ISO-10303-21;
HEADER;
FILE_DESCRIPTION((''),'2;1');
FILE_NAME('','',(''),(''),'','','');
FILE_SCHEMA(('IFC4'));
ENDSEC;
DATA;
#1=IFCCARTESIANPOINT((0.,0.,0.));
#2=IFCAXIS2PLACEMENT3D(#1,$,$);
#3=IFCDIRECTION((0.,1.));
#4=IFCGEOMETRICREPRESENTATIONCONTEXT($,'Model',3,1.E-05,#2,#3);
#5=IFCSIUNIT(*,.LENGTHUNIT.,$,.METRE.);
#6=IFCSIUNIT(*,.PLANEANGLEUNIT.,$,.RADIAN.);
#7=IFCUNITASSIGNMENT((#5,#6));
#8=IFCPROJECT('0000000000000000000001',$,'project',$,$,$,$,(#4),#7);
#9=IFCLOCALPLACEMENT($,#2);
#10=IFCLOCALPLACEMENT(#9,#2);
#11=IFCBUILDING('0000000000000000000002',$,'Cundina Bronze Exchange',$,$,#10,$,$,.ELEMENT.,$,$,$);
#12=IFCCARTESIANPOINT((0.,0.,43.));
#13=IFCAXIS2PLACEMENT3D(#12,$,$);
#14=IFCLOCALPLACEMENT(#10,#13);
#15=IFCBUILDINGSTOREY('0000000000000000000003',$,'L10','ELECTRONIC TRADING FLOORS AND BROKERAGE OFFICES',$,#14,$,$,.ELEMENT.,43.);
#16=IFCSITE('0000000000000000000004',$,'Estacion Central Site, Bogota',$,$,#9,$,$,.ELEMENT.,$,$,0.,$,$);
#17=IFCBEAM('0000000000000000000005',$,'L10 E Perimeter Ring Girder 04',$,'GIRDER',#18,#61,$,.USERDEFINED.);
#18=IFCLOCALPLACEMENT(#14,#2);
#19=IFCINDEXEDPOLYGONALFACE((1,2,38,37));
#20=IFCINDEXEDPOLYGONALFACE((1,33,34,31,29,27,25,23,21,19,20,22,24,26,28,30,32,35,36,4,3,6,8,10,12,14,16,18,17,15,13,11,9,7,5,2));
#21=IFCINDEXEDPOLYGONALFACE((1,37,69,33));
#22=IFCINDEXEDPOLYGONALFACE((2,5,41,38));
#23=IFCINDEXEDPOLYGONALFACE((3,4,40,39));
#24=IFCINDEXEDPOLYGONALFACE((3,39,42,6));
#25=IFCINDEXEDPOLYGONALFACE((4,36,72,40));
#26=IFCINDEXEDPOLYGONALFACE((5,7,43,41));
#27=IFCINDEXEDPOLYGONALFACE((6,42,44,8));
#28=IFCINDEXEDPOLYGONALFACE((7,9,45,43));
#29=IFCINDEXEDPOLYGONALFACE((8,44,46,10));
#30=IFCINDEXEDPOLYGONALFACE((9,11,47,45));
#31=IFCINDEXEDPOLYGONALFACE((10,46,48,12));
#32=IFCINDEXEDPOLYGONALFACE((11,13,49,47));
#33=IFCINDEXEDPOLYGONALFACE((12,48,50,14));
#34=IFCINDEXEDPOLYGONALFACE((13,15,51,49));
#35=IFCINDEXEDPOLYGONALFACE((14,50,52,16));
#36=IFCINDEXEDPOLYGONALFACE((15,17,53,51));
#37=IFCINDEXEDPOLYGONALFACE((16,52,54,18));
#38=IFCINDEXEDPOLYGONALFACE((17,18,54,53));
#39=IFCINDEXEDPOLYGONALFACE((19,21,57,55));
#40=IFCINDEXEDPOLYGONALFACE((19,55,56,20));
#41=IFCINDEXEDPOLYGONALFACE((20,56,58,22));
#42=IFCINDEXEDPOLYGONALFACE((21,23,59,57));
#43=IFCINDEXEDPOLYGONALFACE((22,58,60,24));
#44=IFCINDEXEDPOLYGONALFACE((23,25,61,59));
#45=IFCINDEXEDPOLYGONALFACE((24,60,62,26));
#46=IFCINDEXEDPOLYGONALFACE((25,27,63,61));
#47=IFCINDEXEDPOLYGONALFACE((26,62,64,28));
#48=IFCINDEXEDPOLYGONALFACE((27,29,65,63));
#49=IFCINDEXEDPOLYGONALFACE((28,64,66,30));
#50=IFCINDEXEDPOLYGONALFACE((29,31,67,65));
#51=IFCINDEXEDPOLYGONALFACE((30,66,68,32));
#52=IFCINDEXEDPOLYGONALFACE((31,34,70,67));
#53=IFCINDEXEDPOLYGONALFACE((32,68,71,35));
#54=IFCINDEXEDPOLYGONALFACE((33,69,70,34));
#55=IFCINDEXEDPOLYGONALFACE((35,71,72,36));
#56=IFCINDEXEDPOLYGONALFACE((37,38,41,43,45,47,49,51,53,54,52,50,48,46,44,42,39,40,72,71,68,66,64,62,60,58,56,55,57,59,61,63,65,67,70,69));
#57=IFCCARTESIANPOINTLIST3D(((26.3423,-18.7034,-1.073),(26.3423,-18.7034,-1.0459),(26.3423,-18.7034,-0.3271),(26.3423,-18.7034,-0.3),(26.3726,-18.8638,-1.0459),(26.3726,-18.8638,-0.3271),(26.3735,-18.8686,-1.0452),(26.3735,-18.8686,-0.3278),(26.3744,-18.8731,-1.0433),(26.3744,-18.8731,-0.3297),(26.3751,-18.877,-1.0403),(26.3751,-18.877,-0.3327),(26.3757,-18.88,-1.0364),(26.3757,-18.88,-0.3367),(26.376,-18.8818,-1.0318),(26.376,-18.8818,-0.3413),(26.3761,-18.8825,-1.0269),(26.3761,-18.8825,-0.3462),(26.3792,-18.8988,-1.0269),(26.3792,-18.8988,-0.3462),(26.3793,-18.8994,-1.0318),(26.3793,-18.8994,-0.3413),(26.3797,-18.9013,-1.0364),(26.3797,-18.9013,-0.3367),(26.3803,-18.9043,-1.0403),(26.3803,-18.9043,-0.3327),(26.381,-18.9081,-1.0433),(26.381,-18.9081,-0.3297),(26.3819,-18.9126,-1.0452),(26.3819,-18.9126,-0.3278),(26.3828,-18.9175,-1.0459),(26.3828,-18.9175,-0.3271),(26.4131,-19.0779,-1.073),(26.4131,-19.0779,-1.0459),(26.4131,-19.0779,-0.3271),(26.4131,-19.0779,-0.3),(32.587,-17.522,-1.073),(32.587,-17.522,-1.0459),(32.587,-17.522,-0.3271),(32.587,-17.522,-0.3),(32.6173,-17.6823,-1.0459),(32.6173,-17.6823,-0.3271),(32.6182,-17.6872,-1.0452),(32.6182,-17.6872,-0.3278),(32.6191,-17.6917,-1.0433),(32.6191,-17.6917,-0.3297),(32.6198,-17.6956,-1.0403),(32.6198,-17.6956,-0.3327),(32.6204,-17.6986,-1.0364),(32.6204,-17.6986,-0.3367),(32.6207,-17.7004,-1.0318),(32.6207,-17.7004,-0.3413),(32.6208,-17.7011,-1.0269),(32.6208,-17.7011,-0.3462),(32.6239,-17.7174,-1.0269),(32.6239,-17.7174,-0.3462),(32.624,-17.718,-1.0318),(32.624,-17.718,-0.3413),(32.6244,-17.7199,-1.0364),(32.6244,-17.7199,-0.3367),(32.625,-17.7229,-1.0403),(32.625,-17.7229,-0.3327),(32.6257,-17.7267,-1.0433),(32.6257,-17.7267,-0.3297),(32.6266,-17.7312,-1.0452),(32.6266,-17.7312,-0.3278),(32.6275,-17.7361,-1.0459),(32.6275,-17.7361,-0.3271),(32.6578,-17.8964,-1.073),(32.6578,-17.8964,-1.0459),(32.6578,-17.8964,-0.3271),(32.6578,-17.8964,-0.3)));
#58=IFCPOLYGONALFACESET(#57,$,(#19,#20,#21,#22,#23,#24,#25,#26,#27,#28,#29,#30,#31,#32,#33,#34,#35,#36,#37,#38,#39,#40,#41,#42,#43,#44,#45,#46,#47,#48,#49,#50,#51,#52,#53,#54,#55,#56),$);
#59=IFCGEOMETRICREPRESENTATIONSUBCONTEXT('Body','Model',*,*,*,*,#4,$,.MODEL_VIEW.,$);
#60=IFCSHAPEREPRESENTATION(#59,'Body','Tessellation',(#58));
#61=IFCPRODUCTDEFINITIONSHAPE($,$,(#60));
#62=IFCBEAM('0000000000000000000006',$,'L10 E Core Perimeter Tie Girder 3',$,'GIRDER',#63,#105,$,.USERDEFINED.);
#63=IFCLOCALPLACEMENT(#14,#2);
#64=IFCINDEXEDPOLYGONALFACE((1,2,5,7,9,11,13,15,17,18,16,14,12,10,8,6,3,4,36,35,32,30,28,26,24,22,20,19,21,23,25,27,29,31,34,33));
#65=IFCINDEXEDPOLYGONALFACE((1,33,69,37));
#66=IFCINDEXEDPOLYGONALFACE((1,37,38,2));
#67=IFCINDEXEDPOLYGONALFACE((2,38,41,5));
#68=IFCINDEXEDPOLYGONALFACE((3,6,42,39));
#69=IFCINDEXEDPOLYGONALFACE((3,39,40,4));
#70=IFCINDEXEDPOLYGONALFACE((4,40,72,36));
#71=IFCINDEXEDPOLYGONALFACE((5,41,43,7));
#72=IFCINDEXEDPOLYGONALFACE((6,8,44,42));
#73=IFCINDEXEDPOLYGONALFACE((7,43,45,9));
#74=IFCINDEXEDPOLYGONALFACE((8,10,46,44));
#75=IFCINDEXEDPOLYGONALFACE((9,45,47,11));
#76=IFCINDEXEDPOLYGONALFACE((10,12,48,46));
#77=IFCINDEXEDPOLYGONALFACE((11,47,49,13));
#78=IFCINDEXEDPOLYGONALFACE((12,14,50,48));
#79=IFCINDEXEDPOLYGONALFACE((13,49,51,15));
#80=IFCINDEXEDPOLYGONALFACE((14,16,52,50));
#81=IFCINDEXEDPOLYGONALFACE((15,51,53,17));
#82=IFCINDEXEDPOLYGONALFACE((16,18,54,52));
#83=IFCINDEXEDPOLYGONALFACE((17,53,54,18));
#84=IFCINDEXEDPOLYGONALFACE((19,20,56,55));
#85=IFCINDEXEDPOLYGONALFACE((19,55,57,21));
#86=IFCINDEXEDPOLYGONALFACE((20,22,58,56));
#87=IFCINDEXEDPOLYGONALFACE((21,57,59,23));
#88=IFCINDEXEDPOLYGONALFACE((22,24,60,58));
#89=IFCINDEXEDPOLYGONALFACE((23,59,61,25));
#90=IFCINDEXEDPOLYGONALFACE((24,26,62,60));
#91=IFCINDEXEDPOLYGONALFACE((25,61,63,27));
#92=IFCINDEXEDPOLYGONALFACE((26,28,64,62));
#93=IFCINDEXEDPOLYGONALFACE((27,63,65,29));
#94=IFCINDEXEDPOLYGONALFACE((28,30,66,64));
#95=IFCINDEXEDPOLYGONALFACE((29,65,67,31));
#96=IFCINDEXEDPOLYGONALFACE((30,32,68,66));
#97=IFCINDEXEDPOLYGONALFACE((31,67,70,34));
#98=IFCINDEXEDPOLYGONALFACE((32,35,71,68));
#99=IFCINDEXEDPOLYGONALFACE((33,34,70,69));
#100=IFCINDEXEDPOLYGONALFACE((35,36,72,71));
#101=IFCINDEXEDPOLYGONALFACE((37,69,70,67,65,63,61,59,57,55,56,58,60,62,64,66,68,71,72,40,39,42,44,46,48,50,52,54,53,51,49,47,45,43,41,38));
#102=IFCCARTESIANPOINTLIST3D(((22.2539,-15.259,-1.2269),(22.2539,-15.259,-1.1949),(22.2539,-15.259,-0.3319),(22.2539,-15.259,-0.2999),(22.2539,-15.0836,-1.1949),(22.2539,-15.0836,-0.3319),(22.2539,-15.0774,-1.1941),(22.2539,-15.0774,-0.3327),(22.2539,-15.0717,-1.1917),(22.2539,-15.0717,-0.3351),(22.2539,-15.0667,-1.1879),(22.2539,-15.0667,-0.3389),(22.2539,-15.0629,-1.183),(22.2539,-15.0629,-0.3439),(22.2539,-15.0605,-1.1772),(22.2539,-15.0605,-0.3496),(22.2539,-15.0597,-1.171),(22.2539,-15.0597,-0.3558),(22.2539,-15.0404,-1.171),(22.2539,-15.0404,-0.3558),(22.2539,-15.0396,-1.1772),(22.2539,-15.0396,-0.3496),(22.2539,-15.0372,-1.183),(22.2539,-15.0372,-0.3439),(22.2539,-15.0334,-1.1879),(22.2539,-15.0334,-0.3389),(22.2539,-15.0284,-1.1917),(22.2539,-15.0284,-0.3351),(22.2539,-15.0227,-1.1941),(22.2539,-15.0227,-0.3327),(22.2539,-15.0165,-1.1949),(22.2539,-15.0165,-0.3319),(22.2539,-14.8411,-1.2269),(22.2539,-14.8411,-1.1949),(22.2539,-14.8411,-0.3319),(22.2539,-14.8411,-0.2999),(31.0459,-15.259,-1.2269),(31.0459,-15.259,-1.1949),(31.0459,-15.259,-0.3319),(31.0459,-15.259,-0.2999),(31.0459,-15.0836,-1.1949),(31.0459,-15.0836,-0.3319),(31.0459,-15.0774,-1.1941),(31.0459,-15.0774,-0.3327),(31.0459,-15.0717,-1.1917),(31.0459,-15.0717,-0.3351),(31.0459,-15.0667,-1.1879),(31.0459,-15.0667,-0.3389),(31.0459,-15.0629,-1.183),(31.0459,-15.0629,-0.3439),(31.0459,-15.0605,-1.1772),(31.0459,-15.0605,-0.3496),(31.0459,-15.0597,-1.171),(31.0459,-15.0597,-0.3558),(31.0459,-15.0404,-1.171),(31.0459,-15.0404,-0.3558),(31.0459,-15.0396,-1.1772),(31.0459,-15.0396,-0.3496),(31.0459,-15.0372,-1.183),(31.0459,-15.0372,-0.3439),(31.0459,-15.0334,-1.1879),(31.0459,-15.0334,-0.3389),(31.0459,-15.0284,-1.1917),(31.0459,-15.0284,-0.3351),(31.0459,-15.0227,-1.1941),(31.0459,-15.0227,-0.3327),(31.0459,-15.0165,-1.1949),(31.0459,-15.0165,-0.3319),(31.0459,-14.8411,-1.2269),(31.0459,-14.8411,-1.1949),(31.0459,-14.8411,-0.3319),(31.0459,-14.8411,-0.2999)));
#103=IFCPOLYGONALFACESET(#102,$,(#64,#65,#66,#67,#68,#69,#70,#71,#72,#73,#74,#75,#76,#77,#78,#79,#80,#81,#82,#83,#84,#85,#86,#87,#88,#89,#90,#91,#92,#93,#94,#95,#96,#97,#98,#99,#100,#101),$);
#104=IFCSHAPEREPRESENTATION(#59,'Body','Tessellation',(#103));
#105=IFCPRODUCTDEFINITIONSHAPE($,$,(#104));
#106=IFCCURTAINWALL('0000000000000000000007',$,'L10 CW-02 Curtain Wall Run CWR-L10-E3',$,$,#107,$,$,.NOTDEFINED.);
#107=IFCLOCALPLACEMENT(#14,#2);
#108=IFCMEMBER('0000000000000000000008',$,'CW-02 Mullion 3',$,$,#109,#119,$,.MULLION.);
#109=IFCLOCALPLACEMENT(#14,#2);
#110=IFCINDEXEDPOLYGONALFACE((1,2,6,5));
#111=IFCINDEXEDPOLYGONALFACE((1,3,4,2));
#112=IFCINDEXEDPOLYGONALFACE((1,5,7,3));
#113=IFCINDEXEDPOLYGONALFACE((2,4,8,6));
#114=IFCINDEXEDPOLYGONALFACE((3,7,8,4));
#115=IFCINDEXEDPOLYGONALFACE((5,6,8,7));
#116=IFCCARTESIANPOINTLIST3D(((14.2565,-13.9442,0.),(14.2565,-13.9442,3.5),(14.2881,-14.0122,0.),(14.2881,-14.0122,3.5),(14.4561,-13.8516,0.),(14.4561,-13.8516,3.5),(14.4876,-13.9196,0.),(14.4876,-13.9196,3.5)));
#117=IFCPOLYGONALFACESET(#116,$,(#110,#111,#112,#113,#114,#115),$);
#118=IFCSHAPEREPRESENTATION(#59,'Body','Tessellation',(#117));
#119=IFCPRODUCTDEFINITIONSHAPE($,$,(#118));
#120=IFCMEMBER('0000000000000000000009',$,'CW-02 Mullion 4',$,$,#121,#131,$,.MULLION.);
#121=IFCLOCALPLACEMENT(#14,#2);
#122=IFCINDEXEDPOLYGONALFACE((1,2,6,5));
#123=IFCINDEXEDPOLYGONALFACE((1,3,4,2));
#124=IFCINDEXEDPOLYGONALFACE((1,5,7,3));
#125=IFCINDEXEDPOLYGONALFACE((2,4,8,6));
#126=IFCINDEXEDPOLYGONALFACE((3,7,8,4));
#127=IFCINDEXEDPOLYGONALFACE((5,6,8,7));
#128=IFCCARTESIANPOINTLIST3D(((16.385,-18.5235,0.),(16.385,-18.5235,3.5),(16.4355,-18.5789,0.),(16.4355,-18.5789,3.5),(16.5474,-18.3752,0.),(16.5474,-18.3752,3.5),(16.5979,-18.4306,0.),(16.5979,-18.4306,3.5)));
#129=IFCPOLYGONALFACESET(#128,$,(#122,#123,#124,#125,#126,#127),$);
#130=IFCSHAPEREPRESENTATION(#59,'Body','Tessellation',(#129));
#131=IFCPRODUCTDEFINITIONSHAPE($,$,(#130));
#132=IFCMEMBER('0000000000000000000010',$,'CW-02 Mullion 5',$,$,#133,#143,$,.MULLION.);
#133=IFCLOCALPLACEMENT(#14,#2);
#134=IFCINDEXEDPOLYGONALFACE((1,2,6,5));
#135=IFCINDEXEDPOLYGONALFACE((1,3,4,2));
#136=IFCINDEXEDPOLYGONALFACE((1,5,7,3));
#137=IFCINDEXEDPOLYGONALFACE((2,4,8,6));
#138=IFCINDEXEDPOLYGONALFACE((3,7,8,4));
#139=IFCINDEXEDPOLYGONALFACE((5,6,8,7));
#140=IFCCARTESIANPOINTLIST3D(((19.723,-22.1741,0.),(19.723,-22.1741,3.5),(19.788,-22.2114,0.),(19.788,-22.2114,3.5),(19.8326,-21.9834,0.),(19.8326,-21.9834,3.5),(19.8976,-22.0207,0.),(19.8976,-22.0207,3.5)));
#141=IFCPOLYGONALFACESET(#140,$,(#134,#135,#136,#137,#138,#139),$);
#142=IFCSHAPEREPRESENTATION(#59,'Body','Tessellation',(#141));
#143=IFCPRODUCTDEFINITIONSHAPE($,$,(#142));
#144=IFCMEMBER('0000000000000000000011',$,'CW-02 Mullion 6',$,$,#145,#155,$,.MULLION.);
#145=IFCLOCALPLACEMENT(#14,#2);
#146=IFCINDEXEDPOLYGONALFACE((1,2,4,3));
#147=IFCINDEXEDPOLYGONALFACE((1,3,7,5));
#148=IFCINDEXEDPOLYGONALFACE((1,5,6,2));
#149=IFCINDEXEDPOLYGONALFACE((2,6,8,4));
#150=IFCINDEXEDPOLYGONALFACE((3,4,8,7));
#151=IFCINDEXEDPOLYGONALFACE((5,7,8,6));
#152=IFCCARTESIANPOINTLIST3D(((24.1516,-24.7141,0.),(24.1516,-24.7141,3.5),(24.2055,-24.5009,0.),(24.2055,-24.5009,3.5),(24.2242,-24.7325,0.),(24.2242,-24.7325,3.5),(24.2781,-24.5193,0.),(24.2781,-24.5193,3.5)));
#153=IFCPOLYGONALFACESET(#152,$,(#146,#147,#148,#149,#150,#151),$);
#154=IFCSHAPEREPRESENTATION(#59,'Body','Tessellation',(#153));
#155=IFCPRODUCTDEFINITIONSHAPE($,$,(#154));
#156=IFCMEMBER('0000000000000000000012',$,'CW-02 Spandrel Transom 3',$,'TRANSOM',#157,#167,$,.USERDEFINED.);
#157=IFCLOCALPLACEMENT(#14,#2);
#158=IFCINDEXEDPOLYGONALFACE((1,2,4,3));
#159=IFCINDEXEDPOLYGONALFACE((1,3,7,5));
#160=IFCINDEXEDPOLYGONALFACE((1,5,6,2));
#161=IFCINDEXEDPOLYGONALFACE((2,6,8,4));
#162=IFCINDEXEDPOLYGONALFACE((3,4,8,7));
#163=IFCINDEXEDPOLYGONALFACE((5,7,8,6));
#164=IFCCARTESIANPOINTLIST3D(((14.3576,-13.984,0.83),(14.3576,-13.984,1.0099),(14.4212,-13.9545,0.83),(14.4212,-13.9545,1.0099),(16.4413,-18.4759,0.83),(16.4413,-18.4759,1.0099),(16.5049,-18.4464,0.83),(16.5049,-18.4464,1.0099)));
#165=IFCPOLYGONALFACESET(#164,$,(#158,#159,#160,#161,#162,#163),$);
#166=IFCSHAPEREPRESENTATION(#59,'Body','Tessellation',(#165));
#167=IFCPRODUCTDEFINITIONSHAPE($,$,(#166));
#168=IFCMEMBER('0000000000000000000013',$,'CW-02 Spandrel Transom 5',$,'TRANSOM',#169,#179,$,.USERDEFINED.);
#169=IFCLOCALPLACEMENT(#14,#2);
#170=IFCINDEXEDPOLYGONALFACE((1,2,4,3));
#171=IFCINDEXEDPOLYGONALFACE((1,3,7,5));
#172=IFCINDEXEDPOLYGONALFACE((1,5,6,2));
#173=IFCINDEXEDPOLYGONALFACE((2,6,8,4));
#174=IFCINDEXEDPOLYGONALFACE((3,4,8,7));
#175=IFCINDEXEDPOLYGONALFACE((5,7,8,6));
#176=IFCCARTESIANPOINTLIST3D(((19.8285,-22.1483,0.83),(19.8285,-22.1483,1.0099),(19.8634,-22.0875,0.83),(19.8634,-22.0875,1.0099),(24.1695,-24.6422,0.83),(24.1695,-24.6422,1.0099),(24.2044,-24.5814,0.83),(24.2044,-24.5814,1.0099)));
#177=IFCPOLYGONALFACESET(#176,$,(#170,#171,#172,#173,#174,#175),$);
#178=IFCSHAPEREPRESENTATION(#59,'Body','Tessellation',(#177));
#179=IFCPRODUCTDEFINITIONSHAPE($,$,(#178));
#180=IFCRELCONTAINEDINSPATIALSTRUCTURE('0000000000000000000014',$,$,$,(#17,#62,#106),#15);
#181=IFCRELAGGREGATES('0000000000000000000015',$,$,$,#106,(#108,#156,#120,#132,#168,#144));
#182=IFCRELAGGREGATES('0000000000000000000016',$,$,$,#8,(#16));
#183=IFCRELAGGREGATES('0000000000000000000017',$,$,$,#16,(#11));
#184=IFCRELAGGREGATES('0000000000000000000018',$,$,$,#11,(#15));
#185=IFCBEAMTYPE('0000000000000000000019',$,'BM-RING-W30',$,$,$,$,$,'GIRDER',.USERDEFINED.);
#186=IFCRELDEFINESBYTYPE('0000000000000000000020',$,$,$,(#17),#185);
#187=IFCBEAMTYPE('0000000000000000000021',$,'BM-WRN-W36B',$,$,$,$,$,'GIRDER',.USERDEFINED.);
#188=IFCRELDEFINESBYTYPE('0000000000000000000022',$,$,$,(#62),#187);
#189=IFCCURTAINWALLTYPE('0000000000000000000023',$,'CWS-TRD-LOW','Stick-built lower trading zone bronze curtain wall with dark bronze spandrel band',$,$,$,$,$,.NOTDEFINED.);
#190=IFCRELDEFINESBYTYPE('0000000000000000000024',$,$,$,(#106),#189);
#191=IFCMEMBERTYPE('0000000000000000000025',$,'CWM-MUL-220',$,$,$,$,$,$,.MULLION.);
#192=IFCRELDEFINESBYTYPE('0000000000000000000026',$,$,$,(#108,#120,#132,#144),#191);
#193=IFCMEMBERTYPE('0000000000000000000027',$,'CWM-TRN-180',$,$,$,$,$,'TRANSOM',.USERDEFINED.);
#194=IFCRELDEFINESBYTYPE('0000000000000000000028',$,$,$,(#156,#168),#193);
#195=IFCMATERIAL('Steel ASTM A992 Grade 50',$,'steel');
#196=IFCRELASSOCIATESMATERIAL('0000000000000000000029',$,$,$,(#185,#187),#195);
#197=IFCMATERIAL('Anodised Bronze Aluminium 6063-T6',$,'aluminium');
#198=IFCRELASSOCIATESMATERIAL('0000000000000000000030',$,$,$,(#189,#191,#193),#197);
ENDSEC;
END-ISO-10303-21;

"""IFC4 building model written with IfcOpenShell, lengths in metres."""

from ifc_helpers import new_model, si_unit, direction, frame, origin, origin_2d, place, context, subcontext, project, spatial, rectangle, i_section, extrude, material, material_profile, profile_set, type_object, element, aggregate, save


model = new_model("IFC4")

# Units and contexts
model_context = context("Model", 3, precision=1e-05, world=origin(), true_north=direction((0.0, 1.0)))
body_context = subcontext(model_context, "Body", "Model", "MODEL_VIEW")
ifc_project = project(units=[si_unit("LENGTHUNIT", "METRE"), si_unit("PLANEANGLEUNIT", "RADIAN")], contexts=[model_context])

# Site, building, storey
site_placement = place(None, origin())
site = spatial("IfcSite", under=ifc_project, at=site_placement, Name="Estacion Central Site, Bogota", CompositionType="ELEMENT", RefElevation=0.0)
building_placement = place(site_placement, origin())
building = spatial("IfcBuilding", under=site, at=building_placement, Name="Cundina Bronze Exchange", CompositionType="ELEMENT")
storey_placement = place(building_placement, frame((0.0, 0.0, 43.0)))
storey = spatial("IfcBuildingStorey", under=building, at=storey_placement, Name="L10", Description="ELECTRONIC TRADING FLOORS AND BROKERAGE OFFICES", CompositionType="ELEMENT", Elevation=43.0)

# Shared definitions
ifc_material_1 = material(Name="Steel ASTM A992 Grade 50", Category="steel")

# Beams
ifc_material_profile_1 = material_profile(ifc_material_1, i_section(OverallWidth=0.3811, OverallDepth=0.7729, WebThickness=0.0166, FlangeThickness=0.0271, FilletRadius=0.019, at=origin_2d()), Name="W30X173", Category="steel")
ifc_profile_set_1 = profile_set([ifc_material_profile_1], Name="Steel ASTM A992 Grade 50")
beam_type_1 = type_object("IfcBeamType", Name="BM-RING-W30", ElementType="GIRDER", PredefinedType="USERDEFINED", material=ifc_profile_set_1)
beam_1_placement = place(storey_placement, frame((26.3777, -18.8906, -0.6865), z_axis=(0.982571, 0.185889, 0.0), x_axis=(-0.185889, 0.982571, 0.0)))
element("IfcBeam", 1, at=beam_1_placement, inside=storey, type_object=beam_type_1, Name="L10 E Perimeter Ring Girder 04", ObjectType="GIRDER", PredefinedType="USERDEFINED", context=body_context, shape_type="SweptSolid", body=[
    extrude(i_section(OverallWidth=0.3811, OverallDepth=0.7729, WebThickness=0.0166, FlangeThickness=0.0271, FilletRadius=0.019, at=origin_2d()), origin(), (0.0, 0.0, 1.0), 6.3555),
])
ifc_material_profile_2 = material_profile(ifc_material_1, i_section(OverallWidth=0.418, OverallDepth=0.927, WebThickness=0.0193, FlangeThickness=0.032, FilletRadius=0.0239, at=origin_2d()), Name="W36X231", Category="steel")
ifc_profile_set_2 = profile_set([ifc_material_profile_2], Name="Steel ASTM A992 Grade 50")
beam_type_2 = type_object("IfcBeamType", Name="BM-WRN-W36B", ElementType="GIRDER", PredefinedType="USERDEFINED", material=ifc_profile_set_2)
beam_2_placement = place(storey_placement, frame((22.2539, -15.05, -0.7634), z_axis=(1.0, 0.0, 0.0), x_axis=(0.0, 1.0, 0.0)))
element("IfcBeam", 2, at=beam_2_placement, inside=storey, type_object=beam_type_2, Name="L10 E Core Perimeter Tie Girder 3", ObjectType="GIRDER", PredefinedType="USERDEFINED", context=body_context, shape_type="SweptSolid", body=[
    extrude(i_section(OverallWidth=0.418, OverallDepth=0.927, WebThickness=0.0193, FlangeThickness=0.032, FilletRadius=0.0239, at=origin_2d()), origin(), (0.0, 0.0, 1.0), 8.792),
])

# Curtain wall, members
ifc_material_2 = material(Name="Anodised Bronze Aluminium 6063-T6", Category="aluminium")
curtain_wall_type = type_object("IfcCurtainWallType", Name="CWS-TRD-LOW", Description="Stick-built lower trading zone bronze curtain wall with dark bronze spandrel band", PredefinedType="NOTDEFINED", material=ifc_material_2)
curtain_wall_placement = place(storey_placement, origin())
curtain_wall = element("IfcCurtainWall", 3, at=curtain_wall_placement, inside=storey, type_object=curtain_wall_type, Name="L10 CW-02 Curtain Wall Run CWR-L10-E3", PredefinedType="NOTDEFINED")
ifc_material_profile_3 = material_profile(ifc_material_2, rectangle(XDim=0.075, YDim=0.22, at=origin_2d()), Name="AL75X220", Category="aluminium")
ifc_profile_set_3 = profile_set([ifc_material_profile_3], Name="Anodised Bronze Aluminium 6063-T6")
member_type_1 = type_object("IfcMemberType", Name="CWM-MUL-220", PredefinedType="MULLION", material=ifc_profile_set_3)
member_1_placement = place(storey_placement, frame((14.3721, -13.9319, 0.0), z_axis=(0.0, 0.0, 1.0), x_axis=(0.420877, -0.907117, 0.0)))
member_1 = element("IfcMember", 4, at=member_1_placement, type_object=member_type_1, Name="CW-02 Mullion 3", PredefinedType="MULLION", context=body_context, shape_type="SweptSolid", body=[
    extrude(rectangle(XDim=0.075, YDim=0.22, at=origin_2d()), origin(), (0.0, 0.0, 1.0), 3.5),
])
member_2_placement = place(storey_placement, frame((16.4915, -18.4771, 0.0), z_axis=(0.0, 0.0, 1.0), x_axis=(0.674302, -0.738455, 0.0)))
member_2 = element("IfcMember", 5, at=member_2_placement, type_object=member_type_1, Name="CW-02 Mullion 4", PredefinedType="MULLION", context=body_context, shape_type="SweptSolid", body=[
    extrude(rectangle(XDim=0.075, YDim=0.22, at=origin_2d()), origin(), (0.0, 0.0, 1.0), 3.5),
])
member_3_placement = place(storey_placement, frame((19.8103, -22.0974, 0.0), z_axis=(0.0, 0.0, 1.0), x_axis=(0.867071, -0.498185, 0.0)))
member_3 = element("IfcMember", 6, at=member_3_placement, type_object=member_type_1, Name="CW-02 Mullion 5", PredefinedType="MULLION", context=body_context, shape_type="SweptSolid", body=[
    extrude(rectangle(XDim=0.075, YDim=0.22, at=origin_2d()), origin(), (0.0, 0.0, 1.0), 3.5),
])
member_4_placement = place(storey_placement, frame((24.2148, -24.6167, 0.0), z_axis=(0.0, 0.0, 1.0), x_axis=(0.969488, -0.245138, 0.0)))
member_4 = element("IfcMember", 7, at=member_4_placement, type_object=member_type_1, Name="CW-02 Mullion 6", PredefinedType="MULLION", context=body_context, shape_type="SweptSolid", body=[
    extrude(rectangle(XDim=0.075, YDim=0.22, at=origin_2d()), origin(), (0.0, 0.0, 1.0), 3.5),
])
ifc_material_profile_4 = material_profile(ifc_material_2, rectangle(XDim=0.0701, YDim=0.1799, at=origin_2d()), Name="AL70X180", Category="aluminium")
ifc_profile_set_4 = profile_set([ifc_material_profile_4], Name="Anodised Bronze Aluminium 6063-T6")
member_type_2 = type_object("IfcMemberType", Name="CWM-TRN-180", ElementType="TRANSOM", PredefinedType="USERDEFINED", material=ifc_profile_set_4)
member_5_placement = place(storey_placement, frame((14.3894, -13.9692, 0.9199), z_axis=(0.420811, -0.907148, 0.0), x_axis=(0.907148, 0.420811, 0.0)))
member_5 = element("IfcMember", 8, at=member_5_placement, type_object=member_type_2, Name="CW-02 Spandrel Transom 3", ObjectType="TRANSOM", PredefinedType="USERDEFINED", context=body_context, shape_type="SweptSolid", body=[
    extrude(rectangle(XDim=0.0701, YDim=0.1799, at=origin_2d()), origin(), (0.0, 0.0, 1.0), 4.9517),
])
member_6_placement = place(storey_placement, frame((19.8459, -22.1179, 0.9199), z_axis=(0.867097, -0.498139, 0.0), x_axis=(0.498139, 0.867097, 0.0)))
member_6 = element("IfcMember", 9, at=member_6_placement, type_object=member_type_2, Name="CW-02 Spandrel Transom 5", ObjectType="TRANSOM", PredefinedType="USERDEFINED", context=body_context, shape_type="SweptSolid", body=[
    extrude(rectangle(XDim=0.0701, YDim=0.1799, at=origin_2d()), origin(), (0.0, 0.0, 1.0), 5.0063),
])
aggregate(curtain_wall, [member_1, member_5, member_2, member_3, member_6, member_4])

save(model, "model.ifc")
